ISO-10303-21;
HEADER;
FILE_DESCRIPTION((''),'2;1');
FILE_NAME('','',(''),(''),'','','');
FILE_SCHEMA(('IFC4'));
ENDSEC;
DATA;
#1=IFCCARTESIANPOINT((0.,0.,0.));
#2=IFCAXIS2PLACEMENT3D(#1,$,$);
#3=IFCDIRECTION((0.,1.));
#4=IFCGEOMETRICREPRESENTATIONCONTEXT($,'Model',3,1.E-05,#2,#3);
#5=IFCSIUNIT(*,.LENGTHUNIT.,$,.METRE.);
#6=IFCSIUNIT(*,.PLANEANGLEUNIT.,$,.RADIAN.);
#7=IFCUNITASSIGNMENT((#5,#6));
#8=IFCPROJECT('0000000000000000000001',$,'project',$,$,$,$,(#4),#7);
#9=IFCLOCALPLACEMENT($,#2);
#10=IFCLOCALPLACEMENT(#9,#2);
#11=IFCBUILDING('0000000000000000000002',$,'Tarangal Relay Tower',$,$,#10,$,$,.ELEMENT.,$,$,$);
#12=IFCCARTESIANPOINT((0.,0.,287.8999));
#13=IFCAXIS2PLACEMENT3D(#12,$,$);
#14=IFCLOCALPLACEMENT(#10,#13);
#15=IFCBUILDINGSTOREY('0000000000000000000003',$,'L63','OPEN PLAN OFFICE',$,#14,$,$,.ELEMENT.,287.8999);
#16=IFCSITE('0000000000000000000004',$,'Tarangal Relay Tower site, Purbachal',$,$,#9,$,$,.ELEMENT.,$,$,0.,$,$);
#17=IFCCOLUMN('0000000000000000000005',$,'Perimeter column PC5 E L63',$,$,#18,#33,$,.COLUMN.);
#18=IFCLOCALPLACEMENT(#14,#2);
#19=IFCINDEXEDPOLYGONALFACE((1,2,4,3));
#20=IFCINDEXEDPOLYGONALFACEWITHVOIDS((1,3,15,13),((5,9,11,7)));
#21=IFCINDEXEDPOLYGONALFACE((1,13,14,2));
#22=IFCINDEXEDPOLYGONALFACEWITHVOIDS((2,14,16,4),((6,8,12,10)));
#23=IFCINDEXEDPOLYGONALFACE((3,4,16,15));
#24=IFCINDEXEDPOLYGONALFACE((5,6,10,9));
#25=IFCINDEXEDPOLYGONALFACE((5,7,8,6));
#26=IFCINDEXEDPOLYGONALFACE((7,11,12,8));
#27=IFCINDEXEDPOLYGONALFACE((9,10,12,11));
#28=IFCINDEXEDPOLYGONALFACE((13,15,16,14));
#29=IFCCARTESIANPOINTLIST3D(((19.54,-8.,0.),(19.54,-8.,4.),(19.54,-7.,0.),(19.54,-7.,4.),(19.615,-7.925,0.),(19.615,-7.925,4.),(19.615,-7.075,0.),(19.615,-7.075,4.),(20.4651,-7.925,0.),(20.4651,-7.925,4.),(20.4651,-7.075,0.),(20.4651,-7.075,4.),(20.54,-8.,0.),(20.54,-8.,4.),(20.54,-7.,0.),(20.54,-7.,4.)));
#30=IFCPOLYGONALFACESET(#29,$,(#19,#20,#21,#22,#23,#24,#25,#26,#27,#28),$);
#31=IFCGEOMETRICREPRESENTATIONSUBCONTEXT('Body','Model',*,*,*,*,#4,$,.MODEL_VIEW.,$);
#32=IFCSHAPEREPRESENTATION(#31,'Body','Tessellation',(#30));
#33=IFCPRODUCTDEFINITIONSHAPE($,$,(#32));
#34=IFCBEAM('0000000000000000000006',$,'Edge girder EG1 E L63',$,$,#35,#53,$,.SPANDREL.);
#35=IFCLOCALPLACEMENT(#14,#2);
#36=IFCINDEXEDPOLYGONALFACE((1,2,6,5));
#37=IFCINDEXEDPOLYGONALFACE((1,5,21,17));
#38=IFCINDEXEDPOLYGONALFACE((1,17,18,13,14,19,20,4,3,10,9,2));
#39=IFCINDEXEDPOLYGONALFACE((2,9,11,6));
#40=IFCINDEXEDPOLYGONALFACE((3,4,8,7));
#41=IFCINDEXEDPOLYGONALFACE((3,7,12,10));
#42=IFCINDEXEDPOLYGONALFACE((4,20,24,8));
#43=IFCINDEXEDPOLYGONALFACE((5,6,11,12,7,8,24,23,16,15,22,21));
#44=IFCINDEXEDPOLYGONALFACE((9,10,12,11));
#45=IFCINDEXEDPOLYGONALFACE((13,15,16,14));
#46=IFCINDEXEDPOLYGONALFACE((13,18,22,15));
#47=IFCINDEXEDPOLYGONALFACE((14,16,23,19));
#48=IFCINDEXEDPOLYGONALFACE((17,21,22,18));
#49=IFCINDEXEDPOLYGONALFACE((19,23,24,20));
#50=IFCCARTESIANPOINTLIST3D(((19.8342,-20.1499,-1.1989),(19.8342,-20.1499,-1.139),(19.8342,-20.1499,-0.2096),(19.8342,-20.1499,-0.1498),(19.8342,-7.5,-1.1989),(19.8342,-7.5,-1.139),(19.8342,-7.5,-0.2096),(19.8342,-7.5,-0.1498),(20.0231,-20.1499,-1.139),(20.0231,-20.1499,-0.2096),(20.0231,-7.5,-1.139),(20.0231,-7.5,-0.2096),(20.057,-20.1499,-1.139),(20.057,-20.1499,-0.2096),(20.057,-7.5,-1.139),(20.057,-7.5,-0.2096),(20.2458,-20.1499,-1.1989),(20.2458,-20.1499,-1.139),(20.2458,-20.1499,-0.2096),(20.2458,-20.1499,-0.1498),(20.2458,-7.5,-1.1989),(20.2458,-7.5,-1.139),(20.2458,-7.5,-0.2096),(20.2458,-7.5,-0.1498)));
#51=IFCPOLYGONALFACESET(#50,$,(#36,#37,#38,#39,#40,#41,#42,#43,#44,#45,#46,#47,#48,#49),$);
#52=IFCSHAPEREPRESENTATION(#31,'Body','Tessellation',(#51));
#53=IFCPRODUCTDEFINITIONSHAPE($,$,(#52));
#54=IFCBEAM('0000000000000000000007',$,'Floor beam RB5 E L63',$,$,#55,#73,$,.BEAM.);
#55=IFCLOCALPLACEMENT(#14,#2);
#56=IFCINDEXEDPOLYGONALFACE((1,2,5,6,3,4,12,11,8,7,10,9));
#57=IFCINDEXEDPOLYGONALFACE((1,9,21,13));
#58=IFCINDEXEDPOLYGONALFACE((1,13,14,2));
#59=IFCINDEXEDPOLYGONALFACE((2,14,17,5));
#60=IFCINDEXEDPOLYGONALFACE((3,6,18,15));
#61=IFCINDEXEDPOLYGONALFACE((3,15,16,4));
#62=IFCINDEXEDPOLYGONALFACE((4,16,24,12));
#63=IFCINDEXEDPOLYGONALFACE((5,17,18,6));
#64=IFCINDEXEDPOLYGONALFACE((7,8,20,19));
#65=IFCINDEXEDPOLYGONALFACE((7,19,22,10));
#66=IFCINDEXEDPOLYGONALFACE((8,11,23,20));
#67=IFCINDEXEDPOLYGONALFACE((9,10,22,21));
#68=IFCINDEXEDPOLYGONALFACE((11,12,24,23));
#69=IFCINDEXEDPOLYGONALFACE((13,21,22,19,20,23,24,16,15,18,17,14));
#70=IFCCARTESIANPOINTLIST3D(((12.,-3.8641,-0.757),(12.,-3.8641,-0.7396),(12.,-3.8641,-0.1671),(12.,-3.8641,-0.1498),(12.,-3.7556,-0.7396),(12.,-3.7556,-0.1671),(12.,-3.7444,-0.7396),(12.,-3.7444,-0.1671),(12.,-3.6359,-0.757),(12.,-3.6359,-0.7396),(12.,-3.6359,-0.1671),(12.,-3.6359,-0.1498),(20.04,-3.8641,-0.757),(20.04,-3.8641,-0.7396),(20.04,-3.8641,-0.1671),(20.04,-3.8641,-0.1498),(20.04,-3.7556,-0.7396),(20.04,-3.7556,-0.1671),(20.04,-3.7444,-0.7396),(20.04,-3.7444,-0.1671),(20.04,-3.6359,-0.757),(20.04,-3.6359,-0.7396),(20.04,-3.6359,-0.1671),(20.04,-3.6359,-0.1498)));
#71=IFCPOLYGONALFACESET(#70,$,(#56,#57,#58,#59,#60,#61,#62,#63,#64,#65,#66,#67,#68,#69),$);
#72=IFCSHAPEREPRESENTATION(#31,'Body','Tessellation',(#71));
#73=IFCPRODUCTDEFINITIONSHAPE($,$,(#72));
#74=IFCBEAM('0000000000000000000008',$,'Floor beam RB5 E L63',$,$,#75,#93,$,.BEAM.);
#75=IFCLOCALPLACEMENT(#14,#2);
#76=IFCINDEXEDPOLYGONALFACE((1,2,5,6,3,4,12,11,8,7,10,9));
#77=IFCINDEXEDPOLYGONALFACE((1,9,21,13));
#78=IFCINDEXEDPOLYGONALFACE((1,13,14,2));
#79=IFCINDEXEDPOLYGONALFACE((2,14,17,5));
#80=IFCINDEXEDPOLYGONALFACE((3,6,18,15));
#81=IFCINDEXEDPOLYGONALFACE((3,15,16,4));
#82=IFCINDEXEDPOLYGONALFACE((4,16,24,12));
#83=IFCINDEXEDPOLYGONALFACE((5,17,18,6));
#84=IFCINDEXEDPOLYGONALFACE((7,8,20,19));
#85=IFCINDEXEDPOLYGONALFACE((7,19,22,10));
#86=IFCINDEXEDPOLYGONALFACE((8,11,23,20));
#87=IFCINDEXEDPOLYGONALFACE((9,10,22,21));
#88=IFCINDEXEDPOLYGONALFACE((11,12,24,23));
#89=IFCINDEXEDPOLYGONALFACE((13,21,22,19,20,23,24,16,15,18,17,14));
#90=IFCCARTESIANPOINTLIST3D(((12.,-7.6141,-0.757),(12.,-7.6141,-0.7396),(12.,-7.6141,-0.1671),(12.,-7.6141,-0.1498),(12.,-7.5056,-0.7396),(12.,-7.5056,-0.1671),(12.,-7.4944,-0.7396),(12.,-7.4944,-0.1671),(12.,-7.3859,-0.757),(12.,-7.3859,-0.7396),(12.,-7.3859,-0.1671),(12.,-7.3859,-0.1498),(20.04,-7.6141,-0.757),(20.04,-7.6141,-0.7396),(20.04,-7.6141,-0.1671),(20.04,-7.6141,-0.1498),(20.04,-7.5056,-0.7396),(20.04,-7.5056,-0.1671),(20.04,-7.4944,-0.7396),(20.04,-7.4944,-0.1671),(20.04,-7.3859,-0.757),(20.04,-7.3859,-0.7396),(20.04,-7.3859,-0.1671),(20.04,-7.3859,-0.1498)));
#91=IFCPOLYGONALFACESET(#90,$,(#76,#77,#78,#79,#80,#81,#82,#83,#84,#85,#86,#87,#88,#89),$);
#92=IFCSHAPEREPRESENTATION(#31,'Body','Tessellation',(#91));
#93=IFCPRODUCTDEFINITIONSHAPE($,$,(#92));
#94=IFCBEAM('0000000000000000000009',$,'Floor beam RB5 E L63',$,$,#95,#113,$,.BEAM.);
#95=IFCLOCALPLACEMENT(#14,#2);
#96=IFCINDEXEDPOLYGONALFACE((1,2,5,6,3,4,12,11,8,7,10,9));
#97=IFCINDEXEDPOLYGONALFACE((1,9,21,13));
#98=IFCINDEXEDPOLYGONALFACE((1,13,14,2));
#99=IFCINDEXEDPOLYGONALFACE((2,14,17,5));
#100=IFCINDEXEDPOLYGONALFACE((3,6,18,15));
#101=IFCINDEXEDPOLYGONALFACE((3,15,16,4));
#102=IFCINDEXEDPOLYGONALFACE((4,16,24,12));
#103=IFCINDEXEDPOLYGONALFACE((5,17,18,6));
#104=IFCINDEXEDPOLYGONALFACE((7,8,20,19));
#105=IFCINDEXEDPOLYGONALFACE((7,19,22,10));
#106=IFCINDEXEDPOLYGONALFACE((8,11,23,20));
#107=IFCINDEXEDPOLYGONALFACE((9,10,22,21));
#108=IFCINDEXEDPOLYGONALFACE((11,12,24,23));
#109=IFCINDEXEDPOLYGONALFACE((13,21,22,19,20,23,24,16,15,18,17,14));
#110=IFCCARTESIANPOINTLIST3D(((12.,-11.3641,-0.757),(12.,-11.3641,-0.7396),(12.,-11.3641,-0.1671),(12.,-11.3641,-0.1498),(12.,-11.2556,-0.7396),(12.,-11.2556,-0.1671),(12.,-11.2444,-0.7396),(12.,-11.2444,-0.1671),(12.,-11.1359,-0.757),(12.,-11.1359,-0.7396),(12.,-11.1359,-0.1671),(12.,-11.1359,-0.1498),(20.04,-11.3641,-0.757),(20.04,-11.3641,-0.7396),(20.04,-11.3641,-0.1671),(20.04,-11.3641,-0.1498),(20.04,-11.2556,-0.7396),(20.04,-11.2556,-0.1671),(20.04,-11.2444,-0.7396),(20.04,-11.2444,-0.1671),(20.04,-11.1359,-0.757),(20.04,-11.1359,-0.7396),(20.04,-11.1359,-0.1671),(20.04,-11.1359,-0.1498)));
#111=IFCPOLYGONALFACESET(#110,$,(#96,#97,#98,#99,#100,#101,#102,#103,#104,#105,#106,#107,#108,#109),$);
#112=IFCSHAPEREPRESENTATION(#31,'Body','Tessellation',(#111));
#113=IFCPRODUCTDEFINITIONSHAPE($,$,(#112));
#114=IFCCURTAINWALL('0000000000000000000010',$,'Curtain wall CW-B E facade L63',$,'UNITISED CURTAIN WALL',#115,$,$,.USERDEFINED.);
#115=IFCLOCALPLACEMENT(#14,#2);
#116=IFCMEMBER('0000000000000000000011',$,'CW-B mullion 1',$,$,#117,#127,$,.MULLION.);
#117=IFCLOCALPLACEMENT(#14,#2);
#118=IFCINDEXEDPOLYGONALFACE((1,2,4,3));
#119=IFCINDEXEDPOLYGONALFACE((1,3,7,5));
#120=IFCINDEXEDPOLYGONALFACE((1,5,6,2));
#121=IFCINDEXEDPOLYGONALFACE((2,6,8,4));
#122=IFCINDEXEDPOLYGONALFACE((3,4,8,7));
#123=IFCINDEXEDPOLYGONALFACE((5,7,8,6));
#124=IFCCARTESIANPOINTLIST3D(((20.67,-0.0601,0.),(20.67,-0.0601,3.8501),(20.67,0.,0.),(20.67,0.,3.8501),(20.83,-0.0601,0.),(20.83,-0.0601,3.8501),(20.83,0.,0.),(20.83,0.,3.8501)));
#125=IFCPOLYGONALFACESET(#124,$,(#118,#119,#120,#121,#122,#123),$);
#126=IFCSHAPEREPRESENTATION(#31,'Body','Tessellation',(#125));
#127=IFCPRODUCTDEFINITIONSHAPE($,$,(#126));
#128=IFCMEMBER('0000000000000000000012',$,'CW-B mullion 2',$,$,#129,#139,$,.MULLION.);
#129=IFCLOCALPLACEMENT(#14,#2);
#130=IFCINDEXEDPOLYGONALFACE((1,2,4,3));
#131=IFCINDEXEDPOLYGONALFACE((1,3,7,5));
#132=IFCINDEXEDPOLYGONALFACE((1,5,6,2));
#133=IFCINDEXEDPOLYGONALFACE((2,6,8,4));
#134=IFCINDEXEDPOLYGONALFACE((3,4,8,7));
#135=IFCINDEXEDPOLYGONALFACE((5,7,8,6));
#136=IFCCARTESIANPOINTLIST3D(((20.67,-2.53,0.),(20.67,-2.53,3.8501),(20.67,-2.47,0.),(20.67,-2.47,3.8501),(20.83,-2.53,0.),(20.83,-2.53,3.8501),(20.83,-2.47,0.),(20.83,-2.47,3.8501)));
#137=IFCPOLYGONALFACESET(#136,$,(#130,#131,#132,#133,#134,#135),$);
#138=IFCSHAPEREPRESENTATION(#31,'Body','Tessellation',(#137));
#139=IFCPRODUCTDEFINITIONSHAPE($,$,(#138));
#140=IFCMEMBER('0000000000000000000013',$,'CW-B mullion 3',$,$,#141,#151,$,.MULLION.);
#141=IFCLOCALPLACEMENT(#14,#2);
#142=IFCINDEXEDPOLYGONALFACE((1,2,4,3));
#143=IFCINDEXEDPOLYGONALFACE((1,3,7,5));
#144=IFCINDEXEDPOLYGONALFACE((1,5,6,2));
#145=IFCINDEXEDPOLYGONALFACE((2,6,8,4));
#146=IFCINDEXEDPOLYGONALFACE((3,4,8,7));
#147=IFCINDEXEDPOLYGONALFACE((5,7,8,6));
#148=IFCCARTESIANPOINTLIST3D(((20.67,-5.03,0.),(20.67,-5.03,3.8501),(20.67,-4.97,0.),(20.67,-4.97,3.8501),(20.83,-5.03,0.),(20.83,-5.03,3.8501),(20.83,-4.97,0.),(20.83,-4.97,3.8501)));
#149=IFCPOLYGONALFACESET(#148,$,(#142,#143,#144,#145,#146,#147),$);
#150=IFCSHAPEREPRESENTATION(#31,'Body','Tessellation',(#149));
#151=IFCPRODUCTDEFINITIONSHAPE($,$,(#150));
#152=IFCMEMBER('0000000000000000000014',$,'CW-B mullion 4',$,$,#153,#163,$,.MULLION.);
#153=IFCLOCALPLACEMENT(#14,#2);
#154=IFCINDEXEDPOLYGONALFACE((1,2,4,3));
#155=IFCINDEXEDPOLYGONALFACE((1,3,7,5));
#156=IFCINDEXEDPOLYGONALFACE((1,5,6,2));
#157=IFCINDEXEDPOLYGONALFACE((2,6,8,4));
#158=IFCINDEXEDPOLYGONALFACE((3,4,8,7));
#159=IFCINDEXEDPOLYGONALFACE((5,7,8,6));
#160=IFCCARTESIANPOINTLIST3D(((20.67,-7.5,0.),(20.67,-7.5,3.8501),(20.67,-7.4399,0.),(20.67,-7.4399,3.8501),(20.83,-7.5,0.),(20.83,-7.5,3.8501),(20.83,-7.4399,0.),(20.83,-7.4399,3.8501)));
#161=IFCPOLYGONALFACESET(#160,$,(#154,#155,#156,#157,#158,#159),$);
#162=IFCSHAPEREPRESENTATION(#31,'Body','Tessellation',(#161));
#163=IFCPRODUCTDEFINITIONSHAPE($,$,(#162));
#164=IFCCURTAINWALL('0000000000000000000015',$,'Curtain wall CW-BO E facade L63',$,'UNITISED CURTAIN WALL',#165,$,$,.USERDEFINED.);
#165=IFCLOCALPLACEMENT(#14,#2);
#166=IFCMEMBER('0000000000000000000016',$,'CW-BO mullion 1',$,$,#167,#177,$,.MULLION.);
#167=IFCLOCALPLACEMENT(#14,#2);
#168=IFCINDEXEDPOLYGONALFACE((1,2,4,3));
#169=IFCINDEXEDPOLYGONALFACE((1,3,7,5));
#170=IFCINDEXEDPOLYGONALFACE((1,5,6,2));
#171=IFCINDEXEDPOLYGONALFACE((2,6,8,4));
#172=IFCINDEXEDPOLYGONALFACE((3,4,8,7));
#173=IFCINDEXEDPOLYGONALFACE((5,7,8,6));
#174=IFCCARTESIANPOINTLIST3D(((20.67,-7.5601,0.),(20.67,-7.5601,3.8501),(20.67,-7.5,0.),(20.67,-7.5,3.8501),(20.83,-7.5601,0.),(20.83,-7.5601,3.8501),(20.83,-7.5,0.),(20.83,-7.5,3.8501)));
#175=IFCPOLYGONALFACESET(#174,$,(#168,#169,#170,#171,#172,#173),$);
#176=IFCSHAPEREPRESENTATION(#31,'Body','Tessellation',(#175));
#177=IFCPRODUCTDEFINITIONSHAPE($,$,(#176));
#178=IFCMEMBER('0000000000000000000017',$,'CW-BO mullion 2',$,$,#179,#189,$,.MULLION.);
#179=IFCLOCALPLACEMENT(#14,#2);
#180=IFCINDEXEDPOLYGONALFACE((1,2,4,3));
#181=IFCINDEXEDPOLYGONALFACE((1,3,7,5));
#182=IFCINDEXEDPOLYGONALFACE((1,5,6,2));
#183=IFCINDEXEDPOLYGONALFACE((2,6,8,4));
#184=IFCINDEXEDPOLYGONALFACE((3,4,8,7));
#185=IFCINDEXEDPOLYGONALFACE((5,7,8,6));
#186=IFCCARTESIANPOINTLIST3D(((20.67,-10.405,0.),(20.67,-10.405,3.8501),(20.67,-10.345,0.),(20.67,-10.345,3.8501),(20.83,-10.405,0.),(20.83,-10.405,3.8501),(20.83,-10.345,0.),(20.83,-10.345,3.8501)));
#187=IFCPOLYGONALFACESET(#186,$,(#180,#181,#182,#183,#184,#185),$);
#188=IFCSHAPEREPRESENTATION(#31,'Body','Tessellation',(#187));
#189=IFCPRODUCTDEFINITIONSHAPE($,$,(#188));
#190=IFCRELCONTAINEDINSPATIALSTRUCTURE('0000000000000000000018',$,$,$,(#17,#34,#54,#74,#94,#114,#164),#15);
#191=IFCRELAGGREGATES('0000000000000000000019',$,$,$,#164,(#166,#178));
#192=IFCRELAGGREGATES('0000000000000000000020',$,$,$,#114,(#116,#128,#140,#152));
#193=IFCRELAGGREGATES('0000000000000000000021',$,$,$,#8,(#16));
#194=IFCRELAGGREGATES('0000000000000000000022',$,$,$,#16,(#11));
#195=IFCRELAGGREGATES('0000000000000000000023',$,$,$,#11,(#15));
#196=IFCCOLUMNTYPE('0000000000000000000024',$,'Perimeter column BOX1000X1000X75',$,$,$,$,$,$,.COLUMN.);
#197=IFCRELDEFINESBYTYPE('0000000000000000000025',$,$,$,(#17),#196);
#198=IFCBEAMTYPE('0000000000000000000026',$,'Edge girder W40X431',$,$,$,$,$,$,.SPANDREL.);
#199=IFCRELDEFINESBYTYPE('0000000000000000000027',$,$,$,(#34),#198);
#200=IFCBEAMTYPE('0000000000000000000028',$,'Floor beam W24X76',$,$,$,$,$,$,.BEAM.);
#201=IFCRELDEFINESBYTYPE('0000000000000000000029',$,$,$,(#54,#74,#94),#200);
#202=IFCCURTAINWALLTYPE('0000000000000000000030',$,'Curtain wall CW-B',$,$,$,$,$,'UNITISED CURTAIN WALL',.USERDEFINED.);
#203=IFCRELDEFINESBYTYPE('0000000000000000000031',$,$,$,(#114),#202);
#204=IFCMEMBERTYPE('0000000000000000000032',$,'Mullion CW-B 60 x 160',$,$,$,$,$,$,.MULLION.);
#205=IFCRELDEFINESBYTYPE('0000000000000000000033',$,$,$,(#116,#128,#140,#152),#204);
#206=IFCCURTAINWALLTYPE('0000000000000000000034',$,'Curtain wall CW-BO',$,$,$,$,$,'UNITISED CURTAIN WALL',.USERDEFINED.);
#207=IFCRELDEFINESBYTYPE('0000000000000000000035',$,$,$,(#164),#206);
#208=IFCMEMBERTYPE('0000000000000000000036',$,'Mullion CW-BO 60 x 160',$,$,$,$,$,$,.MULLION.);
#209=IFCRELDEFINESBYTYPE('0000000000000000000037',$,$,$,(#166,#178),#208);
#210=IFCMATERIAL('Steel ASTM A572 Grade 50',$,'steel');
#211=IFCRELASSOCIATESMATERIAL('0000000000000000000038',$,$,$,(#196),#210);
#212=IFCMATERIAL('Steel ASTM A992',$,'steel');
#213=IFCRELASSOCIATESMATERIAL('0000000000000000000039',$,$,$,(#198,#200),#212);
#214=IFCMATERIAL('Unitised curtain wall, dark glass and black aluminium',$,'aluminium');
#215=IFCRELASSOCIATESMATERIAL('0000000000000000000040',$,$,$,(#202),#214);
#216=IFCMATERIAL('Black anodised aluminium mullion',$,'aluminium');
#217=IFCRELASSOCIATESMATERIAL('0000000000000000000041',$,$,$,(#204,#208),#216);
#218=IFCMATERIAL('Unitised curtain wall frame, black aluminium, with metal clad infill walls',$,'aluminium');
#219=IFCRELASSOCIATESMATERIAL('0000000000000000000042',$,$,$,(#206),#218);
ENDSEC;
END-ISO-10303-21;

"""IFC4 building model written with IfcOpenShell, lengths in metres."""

from ifc_helpers import new_model, si_unit, direction, frame, origin, origin_2d, place, context, subcontext, project, spatial, rectangle, hollow_rectangle, i_section, extrude, material, material_profile, profile_set, type_object, element, aggregate, save


model = new_model("IFC4")

# Units and contexts
model_context = context("Model", 3, precision=1e-05, world=origin(), true_north=direction((0.0, 1.0)))
body_context = subcontext(model_context, "Body", "Model", "MODEL_VIEW")
ifc_project = project(units=[si_unit("LENGTHUNIT", "METRE"), si_unit("PLANEANGLEUNIT", "RADIAN")], contexts=[model_context])

# Site, building, storey
site_placement = place(None, origin())
site = spatial("IfcSite", under=ifc_project, at=site_placement, Name="Tarangal Relay Tower site, Purbachal", CompositionType="ELEMENT", RefElevation=0.0)
building_placement = place(site_placement, origin())
building = spatial("IfcBuilding", under=site, at=building_placement, Name="Tarangal Relay Tower", CompositionType="ELEMENT")
storey_placement = place(building_placement, frame((0.0, 0.0, 287.8999)))
storey = spatial("IfcBuildingStorey", under=building, at=storey_placement, Name="L63", Description="OPEN PLAN OFFICE", CompositionType="ELEMENT", Elevation=287.8999)

# Column
ifc_material_1 = material(Name="Steel ASTM A572 Grade 50", Category="steel")
ifc_material_profile_1 = material_profile(ifc_material_1, hollow_rectangle(XDim=1.0, YDim=1.0, WallThickness=0.075, at=origin_2d()), Name="BOX1000X1000X75")
ifc_profile_set_1 = profile_set([ifc_material_profile_1], Name="Steel ASTM A572 Grade 50")
column_type = type_object("IfcColumnType", Name="Perimeter column BOX1000X1000X75", PredefinedType="COLUMN", material=ifc_profile_set_1)
column_placement = place(storey_placement, frame((20.04, -7.5, 0.0), z_axis=(0.0, 0.0, 1.0), x_axis=(1.0, 0.0, 0.0)))
element("IfcColumn", 1, at=column_placement, inside=storey, type_object=column_type, Name="Perimeter column PC5 E L63", PredefinedType="COLUMN", context=body_context, shape_type="SweptSolid", body=[
    extrude(hollow_rectangle(XDim=1.0, YDim=1.0, WallThickness=0.075, at=origin_2d()), origin(), (0.0, 0.0, 1.0), 4.0),
])

# Beams
ifc_material_2 = material(Name="Steel ASTM A992", Category="steel")
ifc_material_profile_2 = material_profile(ifc_material_2, i_section(OverallWidth=0.4116, OverallDepth=1.0491, WebThickness=0.0339, FlangeThickness=0.0598, at=origin_2d()), Name="W40X431")
ifc_profile_set_2 = profile_set([ifc_material_profile_2], Name="Steel ASTM A992")
beam_type_1 = type_object("IfcBeamType", Name="Edge girder W40X431", PredefinedType="SPANDREL", material=ifc_profile_set_2)
beam_placement = place(storey_placement, frame((20.04, -7.5, -0.6743), z_axis=(0.0, -1.0, 0.0), x_axis=(1.0, 0.0, 0.0)))
element("IfcBeam", 2, at=beam_placement, inside=storey, type_object=beam_type_1, Name="Edge girder EG1 E L63", PredefinedType="SPANDREL", context=body_context, shape_type="SweptSolid", body=[
    extrude(i_section(OverallWidth=0.4116, OverallDepth=1.0491, WebThickness=0.0339, FlangeThickness=0.0598, at=origin_2d()), origin(), (0.0, 0.0, 1.0), 12.6499),
])
ifc_material_profile_3 = material_profile(ifc_material_2, i_section(OverallWidth=0.2283, OverallDepth=0.6072, WebThickness=0.0112, FlangeThickness=0.0173, at=origin_2d()), Name="W24X76")
ifc_profile_set_3 = profile_set([ifc_material_profile_3], Name="Steel ASTM A992")
beam_type_2 = type_object("IfcBeamType", Name="Floor beam W24X76", PredefinedType="BEAM", material=ifc_profile_set_3)
for number, where, z_axis, x_axis, name in (
    (3, (12.0, -3.75, -0.4534), (1.0, 0.0, 0.0), (0.0, 1.0, 0.0), "Floor beam RB5 E L63"),
    (4, (12.0, -7.5, -0.4534), (1.0, 0.0, 0.0), (0.0, 1.0, 0.0), "Floor beam RB5 E L63"),
    (5, (12.0, -11.25, -0.4534), (1.0, 0.0, 0.0), (0.0, 1.0, 0.0), "Floor beam RB5 E L63"),
):
    element("IfcBeam", number, at=place(storey_placement, frame(where, z_axis=z_axis, x_axis=x_axis)), inside=storey, type_object=beam_type_2, Name=name, PredefinedType="BEAM", context=body_context, shape_type="SweptSolid", body=[
        extrude(i_section(OverallWidth=0.2283, OverallDepth=0.6072, WebThickness=0.0112, FlangeThickness=0.0173, at=origin_2d()), origin(), (0.0, 0.0, 1.0), 8.04),
    ])

# Curtain walls, members
ifc_material_3 = material(Name="Unitised curtain wall, dark glass and black aluminium", Category="aluminium")
curtain_wall_type_1 = type_object("IfcCurtainWallType", Name="Curtain wall CW-B", ElementType="UNITISED CURTAIN WALL", PredefinedType="USERDEFINED", material=ifc_material_3)
curtain_wall_1_placement = place(storey_placement, origin())
curtain_wall_1 = element("IfcCurtainWall", 6, at=curtain_wall_1_placement, inside=storey, type_object=curtain_wall_type_1, Name="Curtain wall CW-B E facade L63", ObjectType="UNITISED CURTAIN WALL", PredefinedType="USERDEFINED")
ifc_material_4 = material(Name="Black anodised aluminium mullion", Category="aluminium")
ifc_material_profile_4 = material_profile(ifc_material_4, rectangle(XDim=0.1599, YDim=0.0601, at=origin_2d()), Name="CW-BM 60X160")
ifc_profile_set_4 = profile_set([ifc_material_profile_4], Name="Black anodised aluminium mullion")
member_type_1 = type_object("IfcMemberType", Name="Mullion CW-B 60 x 160", PredefinedType="MULLION", material=ifc_profile_set_4)
member_1_placement = place(storey_placement, frame((20.75, -0.03, 0.0), z_axis=(0.0, 0.0, 1.0), x_axis=(1.0, 0.0, 0.0)))
member_1 = element("IfcMember", 7, at=member_1_placement, type_object=member_type_1, Name="CW-B mullion 1", PredefinedType="MULLION", context=body_context, shape_type="SweptSolid", body=[
    extrude(rectangle(XDim=0.1599, YDim=0.0601, at=origin_2d()), origin(), (0.0, 0.0, 1.0), 3.8501),
])
member_2_placement = place(storey_placement, frame((20.75, -2.5, 0.0), z_axis=(0.0, 0.0, 1.0), x_axis=(1.0, 0.0, 0.0)))
member_2 = element("IfcMember", 8, at=member_2_placement, type_object=member_type_1, Name="CW-B mullion 2", PredefinedType="MULLION", context=body_context, shape_type="SweptSolid", body=[
    extrude(rectangle(XDim=0.1599, YDim=0.0601, at=origin_2d()), origin(), (0.0, 0.0, 1.0), 3.8501),
])
member_3_placement = place(storey_placement, frame((20.75, -5.0, 0.0), z_axis=(0.0, 0.0, 1.0), x_axis=(1.0, 0.0, 0.0)))
member_3 = element("IfcMember", 9, at=member_3_placement, type_object=member_type_1, Name="CW-B mullion 3", PredefinedType="MULLION", context=body_context, shape_type="SweptSolid", body=[
    extrude(rectangle(XDim=0.1599, YDim=0.0601, at=origin_2d()), origin(), (0.0, 0.0, 1.0), 3.8501),
])
member_4_placement = place(storey_placement, frame((20.75, -7.47, 0.0), z_axis=(0.0, 0.0, 1.0), x_axis=(1.0, 0.0, 0.0)))
member_4 = element("IfcMember", 10, at=member_4_placement, type_object=member_type_1, Name="CW-B mullion 4", PredefinedType="MULLION", context=body_context, shape_type="SweptSolid", body=[
    extrude(rectangle(XDim=0.1599, YDim=0.0601, at=origin_2d()), origin(), (0.0, 0.0, 1.0), 3.8501),
])
ifc_material_5 = material(Name="Unitised curtain wall frame, black aluminium, with metal clad infill walls", Category="aluminium")
curtain_wall_type_2 = type_object("IfcCurtainWallType", Name="Curtain wall CW-BO", ElementType="UNITISED CURTAIN WALL", PredefinedType="USERDEFINED", material=ifc_material_5)
curtain_wall_2_placement = place(storey_placement, origin())
curtain_wall_2 = element("IfcCurtainWall", 11, at=curtain_wall_2_placement, inside=storey, type_object=curtain_wall_type_2, Name="Curtain wall CW-BO E facade L63", ObjectType="UNITISED CURTAIN WALL", PredefinedType="USERDEFINED")
ifc_material_profile_5 = material_profile(ifc_material_4, rectangle(XDim=0.1599, YDim=0.0601, at=origin_2d()), Name="CW-BOM 60X160")
ifc_profile_set_5 = profile_set([ifc_material_profile_5], Name="Black anodised aluminium mullion")
member_type_2 = type_object("IfcMemberType", Name="Mullion CW-BO 60 x 160", PredefinedType="MULLION", material=ifc_profile_set_5)
member_5_placement = place(storey_placement, frame((20.75, -7.53, 0.0), z_axis=(0.0, 0.0, 1.0), x_axis=(1.0, 0.0, 0.0)))
member_5 = element("IfcMember", 12, at=member_5_placement, type_object=member_type_2, Name="CW-BO mullion 1", PredefinedType="MULLION", context=body_context, shape_type="SweptSolid", body=[
    extrude(rectangle(XDim=0.1599, YDim=0.0601, at=origin_2d()), origin(), (0.0, 0.0, 1.0), 3.8501),
])
member_6_placement = place(storey_placement, frame((20.75, -10.375, 0.0), z_axis=(0.0, 0.0, 1.0), x_axis=(1.0, 0.0, 0.0)))
member_6 = element("IfcMember", 13, at=member_6_placement, type_object=member_type_2, Name="CW-BO mullion 2", PredefinedType="MULLION", context=body_context, shape_type="SweptSolid", body=[
    extrude(rectangle(XDim=0.1599, YDim=0.0601, at=origin_2d()), origin(), (0.0, 0.0, 1.0), 3.8501),
])

aggregate(curtain_wall_2, [member_5, member_6])

aggregate(curtain_wall_1, [member_1, member_2, member_3, member_4])

save(model, "model.ifc")
